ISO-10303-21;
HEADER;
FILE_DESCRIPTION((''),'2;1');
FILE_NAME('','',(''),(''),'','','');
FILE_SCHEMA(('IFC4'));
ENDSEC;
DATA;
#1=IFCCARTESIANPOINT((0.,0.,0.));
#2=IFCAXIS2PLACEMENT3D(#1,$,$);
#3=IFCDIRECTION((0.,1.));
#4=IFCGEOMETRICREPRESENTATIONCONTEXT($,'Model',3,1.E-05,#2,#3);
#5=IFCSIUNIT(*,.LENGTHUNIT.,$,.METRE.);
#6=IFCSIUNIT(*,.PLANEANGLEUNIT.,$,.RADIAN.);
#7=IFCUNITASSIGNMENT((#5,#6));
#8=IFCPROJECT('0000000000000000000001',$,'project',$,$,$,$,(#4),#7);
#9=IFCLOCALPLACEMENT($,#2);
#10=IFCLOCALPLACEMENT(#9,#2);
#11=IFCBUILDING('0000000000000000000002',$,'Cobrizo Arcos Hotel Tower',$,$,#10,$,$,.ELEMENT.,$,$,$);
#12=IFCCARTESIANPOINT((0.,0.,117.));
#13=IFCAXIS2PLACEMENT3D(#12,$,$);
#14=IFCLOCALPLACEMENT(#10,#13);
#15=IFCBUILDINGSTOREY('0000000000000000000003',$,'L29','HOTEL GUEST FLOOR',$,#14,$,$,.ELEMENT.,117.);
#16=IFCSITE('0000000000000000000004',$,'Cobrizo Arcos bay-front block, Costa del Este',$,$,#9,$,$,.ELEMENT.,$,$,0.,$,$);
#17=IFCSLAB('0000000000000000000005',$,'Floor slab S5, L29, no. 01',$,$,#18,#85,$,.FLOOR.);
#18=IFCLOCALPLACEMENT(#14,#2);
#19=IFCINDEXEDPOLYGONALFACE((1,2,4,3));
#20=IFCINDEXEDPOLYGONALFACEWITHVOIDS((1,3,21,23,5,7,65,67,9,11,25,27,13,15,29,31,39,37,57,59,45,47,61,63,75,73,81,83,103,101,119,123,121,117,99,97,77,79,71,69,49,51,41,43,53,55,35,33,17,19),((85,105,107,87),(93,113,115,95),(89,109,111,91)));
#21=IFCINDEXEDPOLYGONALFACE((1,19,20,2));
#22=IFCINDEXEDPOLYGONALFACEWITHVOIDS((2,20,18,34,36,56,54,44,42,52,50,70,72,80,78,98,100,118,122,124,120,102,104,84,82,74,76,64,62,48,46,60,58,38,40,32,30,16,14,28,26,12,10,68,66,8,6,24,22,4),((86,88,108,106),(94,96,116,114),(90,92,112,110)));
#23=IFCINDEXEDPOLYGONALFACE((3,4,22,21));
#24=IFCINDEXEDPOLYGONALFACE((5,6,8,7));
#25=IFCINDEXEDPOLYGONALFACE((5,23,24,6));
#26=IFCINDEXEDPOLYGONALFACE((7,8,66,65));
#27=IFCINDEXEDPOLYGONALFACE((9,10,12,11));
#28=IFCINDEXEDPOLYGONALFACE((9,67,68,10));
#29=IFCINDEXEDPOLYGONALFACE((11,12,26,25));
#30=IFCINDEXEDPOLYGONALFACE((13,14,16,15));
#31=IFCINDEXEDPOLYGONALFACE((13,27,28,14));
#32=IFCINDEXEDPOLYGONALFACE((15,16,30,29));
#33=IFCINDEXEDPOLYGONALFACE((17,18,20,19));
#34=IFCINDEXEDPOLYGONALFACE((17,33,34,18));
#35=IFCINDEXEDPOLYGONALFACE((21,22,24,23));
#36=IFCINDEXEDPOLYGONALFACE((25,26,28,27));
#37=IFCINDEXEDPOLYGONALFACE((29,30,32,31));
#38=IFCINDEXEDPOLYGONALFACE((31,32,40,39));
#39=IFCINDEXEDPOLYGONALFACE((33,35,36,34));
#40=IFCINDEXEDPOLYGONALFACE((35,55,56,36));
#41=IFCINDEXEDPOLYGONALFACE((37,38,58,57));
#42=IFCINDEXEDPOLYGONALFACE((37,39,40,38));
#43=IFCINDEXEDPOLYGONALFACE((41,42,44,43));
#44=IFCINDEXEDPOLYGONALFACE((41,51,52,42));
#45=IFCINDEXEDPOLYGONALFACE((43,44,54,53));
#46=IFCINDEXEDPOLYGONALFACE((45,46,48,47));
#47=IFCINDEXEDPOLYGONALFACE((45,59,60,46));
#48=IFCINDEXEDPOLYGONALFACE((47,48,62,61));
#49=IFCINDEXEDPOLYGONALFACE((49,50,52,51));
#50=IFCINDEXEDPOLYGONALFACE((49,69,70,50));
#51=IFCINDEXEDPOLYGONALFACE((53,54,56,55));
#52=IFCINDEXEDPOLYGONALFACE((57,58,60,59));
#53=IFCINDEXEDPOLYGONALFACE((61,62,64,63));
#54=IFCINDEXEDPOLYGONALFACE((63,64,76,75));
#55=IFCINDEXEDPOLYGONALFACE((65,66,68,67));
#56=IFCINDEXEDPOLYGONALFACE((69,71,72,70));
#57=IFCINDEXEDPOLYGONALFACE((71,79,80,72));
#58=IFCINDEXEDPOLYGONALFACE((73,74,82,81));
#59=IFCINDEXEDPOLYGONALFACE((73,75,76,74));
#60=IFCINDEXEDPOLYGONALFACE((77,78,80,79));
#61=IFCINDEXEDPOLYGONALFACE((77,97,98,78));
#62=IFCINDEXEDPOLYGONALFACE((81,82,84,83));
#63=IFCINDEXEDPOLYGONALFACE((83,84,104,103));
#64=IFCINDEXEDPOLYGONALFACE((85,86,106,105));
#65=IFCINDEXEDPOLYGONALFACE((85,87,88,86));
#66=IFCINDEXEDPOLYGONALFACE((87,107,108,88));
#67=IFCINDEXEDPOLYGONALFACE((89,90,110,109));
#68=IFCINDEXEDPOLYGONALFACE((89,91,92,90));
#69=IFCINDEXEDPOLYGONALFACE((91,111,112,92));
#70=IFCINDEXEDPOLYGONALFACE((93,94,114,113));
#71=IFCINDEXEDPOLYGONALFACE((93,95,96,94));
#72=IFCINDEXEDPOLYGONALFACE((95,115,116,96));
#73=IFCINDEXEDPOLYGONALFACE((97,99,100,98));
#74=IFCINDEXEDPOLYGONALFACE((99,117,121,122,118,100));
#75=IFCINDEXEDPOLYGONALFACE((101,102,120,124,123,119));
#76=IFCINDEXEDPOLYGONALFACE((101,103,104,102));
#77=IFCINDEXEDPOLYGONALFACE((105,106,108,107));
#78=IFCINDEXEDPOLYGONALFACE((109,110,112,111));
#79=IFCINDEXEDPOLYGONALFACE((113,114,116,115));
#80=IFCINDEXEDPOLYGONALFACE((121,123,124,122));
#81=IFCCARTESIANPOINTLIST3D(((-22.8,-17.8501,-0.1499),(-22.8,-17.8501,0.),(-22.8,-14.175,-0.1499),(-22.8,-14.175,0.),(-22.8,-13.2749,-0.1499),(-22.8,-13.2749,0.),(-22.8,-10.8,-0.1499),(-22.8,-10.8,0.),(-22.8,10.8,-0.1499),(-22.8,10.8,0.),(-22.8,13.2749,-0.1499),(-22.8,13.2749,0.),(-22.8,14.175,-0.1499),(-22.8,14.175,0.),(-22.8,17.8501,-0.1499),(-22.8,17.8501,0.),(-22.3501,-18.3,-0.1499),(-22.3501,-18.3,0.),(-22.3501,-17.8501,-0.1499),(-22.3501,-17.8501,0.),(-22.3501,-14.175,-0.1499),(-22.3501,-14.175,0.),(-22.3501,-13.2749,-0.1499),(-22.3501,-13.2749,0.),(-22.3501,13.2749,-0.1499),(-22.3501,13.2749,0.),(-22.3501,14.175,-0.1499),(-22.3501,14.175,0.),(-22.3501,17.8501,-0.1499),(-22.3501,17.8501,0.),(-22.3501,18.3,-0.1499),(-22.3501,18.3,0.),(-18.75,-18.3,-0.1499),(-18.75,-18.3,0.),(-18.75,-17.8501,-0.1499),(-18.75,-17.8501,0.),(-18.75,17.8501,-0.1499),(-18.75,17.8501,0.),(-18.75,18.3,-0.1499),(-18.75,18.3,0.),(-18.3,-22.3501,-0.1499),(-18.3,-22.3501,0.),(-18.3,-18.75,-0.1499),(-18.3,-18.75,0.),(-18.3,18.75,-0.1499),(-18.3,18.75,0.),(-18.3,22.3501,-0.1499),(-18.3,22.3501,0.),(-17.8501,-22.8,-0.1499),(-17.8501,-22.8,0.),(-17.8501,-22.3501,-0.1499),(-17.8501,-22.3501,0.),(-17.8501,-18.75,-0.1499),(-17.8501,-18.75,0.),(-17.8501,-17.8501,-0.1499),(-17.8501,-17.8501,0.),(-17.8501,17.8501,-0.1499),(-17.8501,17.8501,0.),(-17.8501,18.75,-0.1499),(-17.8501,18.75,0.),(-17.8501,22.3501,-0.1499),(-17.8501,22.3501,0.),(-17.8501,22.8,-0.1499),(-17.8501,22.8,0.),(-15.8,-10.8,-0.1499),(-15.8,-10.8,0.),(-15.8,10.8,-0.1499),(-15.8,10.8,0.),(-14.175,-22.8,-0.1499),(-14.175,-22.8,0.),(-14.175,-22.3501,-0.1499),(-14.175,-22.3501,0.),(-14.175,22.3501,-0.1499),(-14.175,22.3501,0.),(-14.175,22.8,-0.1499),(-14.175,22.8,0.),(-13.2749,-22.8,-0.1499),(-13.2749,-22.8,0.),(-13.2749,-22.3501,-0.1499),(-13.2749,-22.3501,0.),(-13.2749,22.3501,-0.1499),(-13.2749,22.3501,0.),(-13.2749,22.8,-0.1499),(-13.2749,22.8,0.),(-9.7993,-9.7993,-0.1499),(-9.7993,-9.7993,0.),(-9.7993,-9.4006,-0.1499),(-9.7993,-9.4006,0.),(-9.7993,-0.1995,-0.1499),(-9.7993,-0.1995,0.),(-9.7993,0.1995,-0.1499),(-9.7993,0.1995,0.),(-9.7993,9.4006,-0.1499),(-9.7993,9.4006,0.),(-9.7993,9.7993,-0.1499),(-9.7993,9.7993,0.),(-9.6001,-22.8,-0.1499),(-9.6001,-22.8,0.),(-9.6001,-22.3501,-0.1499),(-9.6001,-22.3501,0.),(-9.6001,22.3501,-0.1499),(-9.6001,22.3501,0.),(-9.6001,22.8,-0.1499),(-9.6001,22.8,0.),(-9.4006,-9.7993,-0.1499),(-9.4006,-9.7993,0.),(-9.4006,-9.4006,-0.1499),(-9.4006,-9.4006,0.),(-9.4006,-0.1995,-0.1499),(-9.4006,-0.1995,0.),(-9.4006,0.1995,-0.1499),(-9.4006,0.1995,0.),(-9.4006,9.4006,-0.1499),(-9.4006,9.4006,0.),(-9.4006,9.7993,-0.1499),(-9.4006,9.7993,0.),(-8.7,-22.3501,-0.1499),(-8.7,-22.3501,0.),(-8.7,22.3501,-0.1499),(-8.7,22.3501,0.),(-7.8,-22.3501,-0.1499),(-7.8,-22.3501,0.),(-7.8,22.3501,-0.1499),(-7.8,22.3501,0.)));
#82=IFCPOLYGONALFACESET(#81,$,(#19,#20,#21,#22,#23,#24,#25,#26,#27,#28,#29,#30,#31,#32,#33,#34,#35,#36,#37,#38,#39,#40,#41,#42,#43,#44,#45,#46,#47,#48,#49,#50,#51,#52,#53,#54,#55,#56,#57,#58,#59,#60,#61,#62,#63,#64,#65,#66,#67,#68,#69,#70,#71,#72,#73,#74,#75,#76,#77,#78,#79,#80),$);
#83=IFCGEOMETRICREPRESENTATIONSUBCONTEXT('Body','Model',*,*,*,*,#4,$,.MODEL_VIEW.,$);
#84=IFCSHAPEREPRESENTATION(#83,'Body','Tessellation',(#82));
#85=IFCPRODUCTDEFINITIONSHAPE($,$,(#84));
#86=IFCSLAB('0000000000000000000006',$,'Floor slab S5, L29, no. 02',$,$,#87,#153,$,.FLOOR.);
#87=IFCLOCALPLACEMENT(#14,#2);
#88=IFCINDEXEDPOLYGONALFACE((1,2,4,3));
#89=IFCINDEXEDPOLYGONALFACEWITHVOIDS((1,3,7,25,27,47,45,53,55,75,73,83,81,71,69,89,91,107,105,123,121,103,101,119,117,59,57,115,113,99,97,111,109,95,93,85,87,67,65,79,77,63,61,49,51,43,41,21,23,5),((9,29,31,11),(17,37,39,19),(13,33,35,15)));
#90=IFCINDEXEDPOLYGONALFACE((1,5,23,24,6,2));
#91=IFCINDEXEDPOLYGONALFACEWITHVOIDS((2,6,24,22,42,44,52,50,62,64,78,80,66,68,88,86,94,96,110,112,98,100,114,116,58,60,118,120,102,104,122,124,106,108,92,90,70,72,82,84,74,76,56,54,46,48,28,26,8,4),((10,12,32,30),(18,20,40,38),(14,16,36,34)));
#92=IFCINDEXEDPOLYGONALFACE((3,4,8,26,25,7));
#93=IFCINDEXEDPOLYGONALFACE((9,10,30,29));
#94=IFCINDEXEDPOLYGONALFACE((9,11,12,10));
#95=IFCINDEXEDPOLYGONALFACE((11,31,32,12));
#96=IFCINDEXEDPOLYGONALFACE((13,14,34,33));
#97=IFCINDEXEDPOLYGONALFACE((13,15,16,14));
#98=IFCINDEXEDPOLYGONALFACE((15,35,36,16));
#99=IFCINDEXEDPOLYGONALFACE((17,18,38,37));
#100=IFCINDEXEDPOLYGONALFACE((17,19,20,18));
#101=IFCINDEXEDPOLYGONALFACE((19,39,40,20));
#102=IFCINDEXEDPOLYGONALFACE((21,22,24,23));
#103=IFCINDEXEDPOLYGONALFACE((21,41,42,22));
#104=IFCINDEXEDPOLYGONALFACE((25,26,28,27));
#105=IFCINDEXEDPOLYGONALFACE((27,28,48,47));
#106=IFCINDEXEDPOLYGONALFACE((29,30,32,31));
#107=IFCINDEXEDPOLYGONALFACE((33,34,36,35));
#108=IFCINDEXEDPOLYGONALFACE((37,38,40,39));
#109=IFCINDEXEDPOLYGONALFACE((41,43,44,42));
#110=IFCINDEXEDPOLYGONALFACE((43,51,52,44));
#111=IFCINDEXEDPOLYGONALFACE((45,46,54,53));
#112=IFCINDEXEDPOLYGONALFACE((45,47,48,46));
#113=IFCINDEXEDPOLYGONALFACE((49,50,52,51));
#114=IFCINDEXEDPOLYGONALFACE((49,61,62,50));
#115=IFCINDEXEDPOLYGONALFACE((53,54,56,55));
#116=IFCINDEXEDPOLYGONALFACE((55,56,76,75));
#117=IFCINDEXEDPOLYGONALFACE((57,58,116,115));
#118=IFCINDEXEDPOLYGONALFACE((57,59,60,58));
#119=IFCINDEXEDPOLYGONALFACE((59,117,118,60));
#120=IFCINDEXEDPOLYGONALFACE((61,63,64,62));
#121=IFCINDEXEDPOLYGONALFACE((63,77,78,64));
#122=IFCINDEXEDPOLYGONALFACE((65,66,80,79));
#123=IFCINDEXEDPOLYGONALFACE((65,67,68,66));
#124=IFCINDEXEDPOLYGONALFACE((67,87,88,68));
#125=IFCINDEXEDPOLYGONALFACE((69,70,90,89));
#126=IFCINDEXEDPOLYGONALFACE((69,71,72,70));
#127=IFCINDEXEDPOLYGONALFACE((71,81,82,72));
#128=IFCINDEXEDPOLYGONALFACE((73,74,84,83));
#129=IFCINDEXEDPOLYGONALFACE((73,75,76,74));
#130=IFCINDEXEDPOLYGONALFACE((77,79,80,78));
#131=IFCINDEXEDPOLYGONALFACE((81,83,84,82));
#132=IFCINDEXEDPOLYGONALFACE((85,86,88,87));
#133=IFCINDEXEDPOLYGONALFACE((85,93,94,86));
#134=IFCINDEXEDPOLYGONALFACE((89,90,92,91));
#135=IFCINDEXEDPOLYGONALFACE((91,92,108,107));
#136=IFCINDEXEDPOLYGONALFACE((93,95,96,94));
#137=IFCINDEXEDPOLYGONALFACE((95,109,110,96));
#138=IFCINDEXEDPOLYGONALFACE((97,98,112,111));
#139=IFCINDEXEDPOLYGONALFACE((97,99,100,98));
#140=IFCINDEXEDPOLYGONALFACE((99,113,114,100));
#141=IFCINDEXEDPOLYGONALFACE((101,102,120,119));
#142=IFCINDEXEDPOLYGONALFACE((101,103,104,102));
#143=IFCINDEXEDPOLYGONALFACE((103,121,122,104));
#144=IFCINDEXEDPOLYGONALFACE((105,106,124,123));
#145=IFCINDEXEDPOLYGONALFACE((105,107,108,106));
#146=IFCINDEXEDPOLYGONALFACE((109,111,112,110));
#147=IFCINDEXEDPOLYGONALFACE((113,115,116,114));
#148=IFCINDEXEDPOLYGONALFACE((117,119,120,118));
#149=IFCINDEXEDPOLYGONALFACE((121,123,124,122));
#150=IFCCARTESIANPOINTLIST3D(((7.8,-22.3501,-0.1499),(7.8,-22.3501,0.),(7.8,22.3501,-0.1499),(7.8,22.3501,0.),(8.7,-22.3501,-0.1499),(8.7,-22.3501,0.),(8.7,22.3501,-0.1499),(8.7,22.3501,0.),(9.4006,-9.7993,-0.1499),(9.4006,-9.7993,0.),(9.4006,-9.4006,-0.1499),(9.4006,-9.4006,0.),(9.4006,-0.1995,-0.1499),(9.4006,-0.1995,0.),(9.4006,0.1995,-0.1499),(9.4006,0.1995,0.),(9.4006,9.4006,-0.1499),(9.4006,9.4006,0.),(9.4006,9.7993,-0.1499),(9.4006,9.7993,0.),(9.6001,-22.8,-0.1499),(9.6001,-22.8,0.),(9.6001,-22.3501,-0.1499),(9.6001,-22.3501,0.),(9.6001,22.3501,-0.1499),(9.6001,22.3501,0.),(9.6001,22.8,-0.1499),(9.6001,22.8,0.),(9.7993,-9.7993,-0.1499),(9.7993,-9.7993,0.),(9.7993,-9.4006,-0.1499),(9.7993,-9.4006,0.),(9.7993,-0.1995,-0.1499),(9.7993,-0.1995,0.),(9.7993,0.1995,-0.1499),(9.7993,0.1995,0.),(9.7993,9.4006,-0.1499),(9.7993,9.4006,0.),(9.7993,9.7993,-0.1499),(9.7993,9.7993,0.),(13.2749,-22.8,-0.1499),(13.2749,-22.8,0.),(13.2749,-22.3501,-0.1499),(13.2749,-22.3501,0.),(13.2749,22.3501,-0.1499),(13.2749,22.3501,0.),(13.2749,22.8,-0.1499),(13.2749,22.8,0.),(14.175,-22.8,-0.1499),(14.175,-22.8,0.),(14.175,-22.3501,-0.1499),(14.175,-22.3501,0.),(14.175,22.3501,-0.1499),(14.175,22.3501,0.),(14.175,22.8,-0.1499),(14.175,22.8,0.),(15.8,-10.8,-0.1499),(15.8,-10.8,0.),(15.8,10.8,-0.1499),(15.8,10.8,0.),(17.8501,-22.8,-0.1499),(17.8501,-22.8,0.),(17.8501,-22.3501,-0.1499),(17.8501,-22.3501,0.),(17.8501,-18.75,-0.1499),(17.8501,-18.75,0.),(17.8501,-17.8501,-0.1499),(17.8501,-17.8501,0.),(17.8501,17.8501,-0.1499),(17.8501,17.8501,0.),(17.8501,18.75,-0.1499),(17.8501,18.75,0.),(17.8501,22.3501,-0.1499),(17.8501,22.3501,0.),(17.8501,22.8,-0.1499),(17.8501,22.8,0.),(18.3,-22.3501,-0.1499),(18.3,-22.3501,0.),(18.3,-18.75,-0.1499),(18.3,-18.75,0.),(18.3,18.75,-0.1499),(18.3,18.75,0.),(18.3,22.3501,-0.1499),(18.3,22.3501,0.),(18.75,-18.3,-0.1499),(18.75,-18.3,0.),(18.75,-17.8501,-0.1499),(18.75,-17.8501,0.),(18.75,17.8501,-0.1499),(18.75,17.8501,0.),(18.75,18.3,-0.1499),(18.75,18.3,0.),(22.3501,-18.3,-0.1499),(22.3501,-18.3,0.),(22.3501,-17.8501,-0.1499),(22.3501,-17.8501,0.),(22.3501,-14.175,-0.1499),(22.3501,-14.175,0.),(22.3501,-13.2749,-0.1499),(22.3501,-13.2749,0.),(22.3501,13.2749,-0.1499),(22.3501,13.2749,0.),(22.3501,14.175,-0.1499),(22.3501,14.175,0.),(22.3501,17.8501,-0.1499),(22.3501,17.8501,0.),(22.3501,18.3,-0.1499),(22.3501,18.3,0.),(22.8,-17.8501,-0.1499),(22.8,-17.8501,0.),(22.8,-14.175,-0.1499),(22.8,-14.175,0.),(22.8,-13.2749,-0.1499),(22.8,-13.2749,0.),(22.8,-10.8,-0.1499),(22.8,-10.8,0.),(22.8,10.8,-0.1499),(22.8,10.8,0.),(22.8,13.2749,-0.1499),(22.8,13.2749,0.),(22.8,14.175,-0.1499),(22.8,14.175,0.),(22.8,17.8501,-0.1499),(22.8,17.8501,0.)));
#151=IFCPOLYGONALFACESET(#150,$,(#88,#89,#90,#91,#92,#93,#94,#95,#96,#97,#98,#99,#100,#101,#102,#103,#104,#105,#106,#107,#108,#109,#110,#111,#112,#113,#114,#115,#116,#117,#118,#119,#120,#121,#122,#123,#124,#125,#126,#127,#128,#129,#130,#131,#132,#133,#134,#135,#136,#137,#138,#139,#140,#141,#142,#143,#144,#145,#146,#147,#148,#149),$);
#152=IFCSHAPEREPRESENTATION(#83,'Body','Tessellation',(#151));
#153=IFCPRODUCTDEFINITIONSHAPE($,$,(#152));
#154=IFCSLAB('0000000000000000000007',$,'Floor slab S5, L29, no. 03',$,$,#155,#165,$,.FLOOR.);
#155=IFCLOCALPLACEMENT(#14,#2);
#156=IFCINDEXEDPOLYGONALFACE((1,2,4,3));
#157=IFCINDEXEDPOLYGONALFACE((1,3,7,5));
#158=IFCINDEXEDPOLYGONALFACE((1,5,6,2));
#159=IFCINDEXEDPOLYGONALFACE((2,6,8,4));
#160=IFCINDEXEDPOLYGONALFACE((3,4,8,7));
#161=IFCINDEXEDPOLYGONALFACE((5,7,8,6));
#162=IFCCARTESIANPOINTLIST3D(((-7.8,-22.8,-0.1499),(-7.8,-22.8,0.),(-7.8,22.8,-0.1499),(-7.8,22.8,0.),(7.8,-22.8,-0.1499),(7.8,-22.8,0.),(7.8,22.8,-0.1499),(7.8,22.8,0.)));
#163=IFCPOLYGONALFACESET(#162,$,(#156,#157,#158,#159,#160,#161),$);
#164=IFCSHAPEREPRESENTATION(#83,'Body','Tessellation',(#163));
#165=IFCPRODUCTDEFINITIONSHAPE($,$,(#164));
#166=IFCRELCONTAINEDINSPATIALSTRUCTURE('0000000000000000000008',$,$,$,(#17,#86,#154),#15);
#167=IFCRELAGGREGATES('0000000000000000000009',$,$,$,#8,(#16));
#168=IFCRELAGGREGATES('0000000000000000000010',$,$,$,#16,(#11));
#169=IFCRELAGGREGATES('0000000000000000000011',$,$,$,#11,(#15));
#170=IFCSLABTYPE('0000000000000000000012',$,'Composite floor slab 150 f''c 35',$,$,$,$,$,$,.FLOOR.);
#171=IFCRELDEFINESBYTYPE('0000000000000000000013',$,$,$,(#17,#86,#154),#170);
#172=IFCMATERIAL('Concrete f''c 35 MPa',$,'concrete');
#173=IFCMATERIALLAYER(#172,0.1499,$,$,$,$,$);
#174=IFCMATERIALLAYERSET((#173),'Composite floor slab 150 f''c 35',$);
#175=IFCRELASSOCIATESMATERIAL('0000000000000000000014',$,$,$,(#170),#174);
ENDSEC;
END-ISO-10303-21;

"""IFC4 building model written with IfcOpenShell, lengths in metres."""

from ifc_helpers import new_model, si_unit, direction, frame, origin, place, context, subcontext, project, spatial, polyline, outline, extrude, material, layer, layer_set, type_object, element, save


model = new_model("IFC4")

# Units and contexts
model_context = context("Model", 3, precision=1e-05, world=origin(), true_north=direction((0.0, 1.0)))
body_context = subcontext(model_context, "Body", "Model", "MODEL_VIEW")
ifc_project = project(units=[si_unit("LENGTHUNIT", "METRE"), si_unit("PLANEANGLEUNIT", "RADIAN")], contexts=[model_context])

# Site, building, storey
site_placement = place(None, origin())
site = spatial("IfcSite", under=ifc_project, at=site_placement, Name="Cobrizo Arcos bay-front block, Costa del Este", CompositionType="ELEMENT", RefElevation=0.0)
building_placement = place(site_placement, origin())
building = spatial("IfcBuilding", under=site, at=building_placement, Name="Cobrizo Arcos Hotel Tower", CompositionType="ELEMENT")
storey_placement = place(building_placement, frame((0.0, 0.0, 117.0)))
storey = spatial("IfcBuildingStorey", under=building, at=storey_placement, Name="L29", Description="HOTEL GUEST FLOOR", CompositionType="ELEMENT", Elevation=117.0)

# Slabs
ifc_material_1 = material(Name="Concrete f'c 35 MPa", Category="concrete")
ifc_layer_1 = layer(ifc_material_1, 0.1499)
ifc_layer_set_1 = layer_set([ifc_layer_1], Name="Composite floor slab 150 f'c 35")
slab_type_1 = type_object("IfcSlabType", Name="Composite floor slab 150 f'c 35", PredefinedType="FLOOR", material=ifc_layer_set_1)
slab_1_placement = place(storey_placement, frame((0.0, 0.0, -0.1499)))
element("IfcSlab", 1, at=slab_1_placement, inside=storey, type_object=slab_type_1, Name="Floor slab S5, L29, no. 01", PredefinedType="FLOOR", context=body_context, shape_type="SweptSolid", body=[
    extrude(outline(polyline([(-17.8501, -22.3501), (-18.3, -22.3501), (-18.3, -18.75), (-17.8501, -18.75), (-17.8501, -17.8501), (-18.75, -17.8501), (-18.75, -18.3), (-22.3501, -18.3), (-22.3501, -17.8501), (-22.8, -17.8501), (-22.8, -14.175), (-22.3501, -14.175), (-22.3501, -13.2749), (-22.8, -13.2749), (-22.8, -10.8), (-15.8, -10.8), (-15.8, 10.8), (-22.8, 10.8), (-22.8, 13.2749), (-22.3501, 13.2749), (-22.3501, 14.175), (-22.8, 14.175), (-22.8, 17.8501), (-22.3501, 17.8501), (-22.3501, 18.3), (-18.75, 18.3), (-18.75, 17.8501), (-17.8501, 17.8501), (-17.8501, 18.75), (-18.3, 18.75), (-18.3, 22.3501), (-17.8501, 22.3501), (-17.8501, 22.8), (-14.175, 22.8), (-14.175, 22.3501), (-13.2749, 22.3501), (-13.2749, 22.8), (-9.6001, 22.8), (-9.6001, 22.3501), (-8.7, 22.3501), (-7.8, 22.3501), (-7.8, 22.8), (-7.8, 22.8), (-7.8, -22.8), (-7.8, -22.8), (-7.8, -22.3501), (-8.7, -22.3501), (-9.6001, -22.3501), (-9.6001, -22.8), (-13.2749, -22.8), (-13.2749, -22.3501), (-14.175, -22.3501), (-14.175, -22.8), (-17.8501, -22.8), (-17.8501, -22.3501)]), holes=[polyline([(-9.4006, -9.7993), (-9.4006, -9.4006), (-9.7993, -9.4006), (-9.7993, -9.7993), (-9.4006, -9.7993)]), polyline([(-9.4006, 0.1995), (-9.7993, 0.1995), (-9.7993, -0.1995), (-9.4006, -0.1995), (-9.4006, 0.1995)]), polyline([(-9.4006, 9.7993), (-9.7993, 9.7993), (-9.7993, 9.4006), (-9.4006, 9.4006), (-9.4006, 9.7993)])]), origin(), (0.0, 0.0, 1.0), 0.1499),
])
slab_2_placement = place(storey_placement, frame((0.0, 0.0, -0.1499)))
element("IfcSlab", 2, at=slab_2_placement, inside=storey, type_object=slab_type_1, Name="Floor slab S5, L29, no. 02", PredefinedType="FLOOR", context=body_context, shape_type="SweptSolid", body=[
    extrude(outline(polyline([(7.8, 22.8), (7.8, 22.3501), (8.7, 22.3501), (9.6001, 22.3501), (9.6001, 22.8), (13.2749, 22.8), (13.2749, 22.3501), (14.175, 22.3501), (14.175, 22.8), (17.8501, 22.8), (17.8501, 22.3501), (18.3, 22.3501), (18.3, 18.75), (17.8501, 18.75), (17.8501, 17.8501), (18.75, 17.8501), (18.75, 18.3), (22.3501, 18.3), (22.3501, 17.8501), (22.8, 17.8501), (22.8, 14.175), (22.3501, 14.175), (22.3501, 13.2749), (22.8, 13.2749), (22.8, 10.8), (15.8, 10.8), (15.8, -10.8), (22.8, -10.8), (22.8, -13.2749), (22.3501, -13.2749), (22.3501, -14.175), (22.8, -14.175), (22.8, -17.8501), (22.3501, -17.8501), (22.3501, -18.3), (18.75, -18.3), (18.75, -17.8501), (17.8501, -17.8501), (17.8501, -18.75), (18.3, -18.75), (18.3, -22.3501), (17.8501, -22.3501), (17.8501, -22.8), (14.175, -22.8), (14.175, -22.3501), (13.2749, -22.3501), (13.2749, -22.8), (9.6001, -22.8), (9.6001, -22.3501), (8.7, -22.3501), (7.8, -22.3501), (7.8, -22.8), (7.8, -22.8), (7.8, 22.8), (7.8, 22.8)]), holes=[polyline([(9.7993, -9.7993), (9.7993, -9.4006), (9.4006, -9.4006), (9.4006, -9.7993), (9.7993, -9.7993)]), polyline([(9.7993, -0.1995), (9.7993, 0.1995), (9.4006, 0.1995), (9.4006, -0.1995), (9.7993, -0.1995)]), polyline([(9.7993, 9.7993), (9.4006, 9.7993), (9.4006, 9.4006), (9.7993, 9.4006), (9.7993, 9.7993)])]), origin(), (0.0, 0.0, 1.0), 0.1499),
])
slab_3_placement = place(storey_placement, frame((0.0, 0.0, -0.1499)))
element("IfcSlab", 3, at=slab_3_placement, inside=storey, type_object=slab_type_1, Name="Floor slab S5, L29, no. 03", PredefinedType="FLOOR", context=body_context, shape_type="SweptSolid", body=[
    extrude(outline(polyline([(7.8, 22.8), (7.8, -22.8), (-7.8, -22.8), (-7.8, 22.8), (7.8, 22.8)])), origin(), (0.0, 0.0, 1.0), 0.1499),
])

save(model, "model.ifc")
